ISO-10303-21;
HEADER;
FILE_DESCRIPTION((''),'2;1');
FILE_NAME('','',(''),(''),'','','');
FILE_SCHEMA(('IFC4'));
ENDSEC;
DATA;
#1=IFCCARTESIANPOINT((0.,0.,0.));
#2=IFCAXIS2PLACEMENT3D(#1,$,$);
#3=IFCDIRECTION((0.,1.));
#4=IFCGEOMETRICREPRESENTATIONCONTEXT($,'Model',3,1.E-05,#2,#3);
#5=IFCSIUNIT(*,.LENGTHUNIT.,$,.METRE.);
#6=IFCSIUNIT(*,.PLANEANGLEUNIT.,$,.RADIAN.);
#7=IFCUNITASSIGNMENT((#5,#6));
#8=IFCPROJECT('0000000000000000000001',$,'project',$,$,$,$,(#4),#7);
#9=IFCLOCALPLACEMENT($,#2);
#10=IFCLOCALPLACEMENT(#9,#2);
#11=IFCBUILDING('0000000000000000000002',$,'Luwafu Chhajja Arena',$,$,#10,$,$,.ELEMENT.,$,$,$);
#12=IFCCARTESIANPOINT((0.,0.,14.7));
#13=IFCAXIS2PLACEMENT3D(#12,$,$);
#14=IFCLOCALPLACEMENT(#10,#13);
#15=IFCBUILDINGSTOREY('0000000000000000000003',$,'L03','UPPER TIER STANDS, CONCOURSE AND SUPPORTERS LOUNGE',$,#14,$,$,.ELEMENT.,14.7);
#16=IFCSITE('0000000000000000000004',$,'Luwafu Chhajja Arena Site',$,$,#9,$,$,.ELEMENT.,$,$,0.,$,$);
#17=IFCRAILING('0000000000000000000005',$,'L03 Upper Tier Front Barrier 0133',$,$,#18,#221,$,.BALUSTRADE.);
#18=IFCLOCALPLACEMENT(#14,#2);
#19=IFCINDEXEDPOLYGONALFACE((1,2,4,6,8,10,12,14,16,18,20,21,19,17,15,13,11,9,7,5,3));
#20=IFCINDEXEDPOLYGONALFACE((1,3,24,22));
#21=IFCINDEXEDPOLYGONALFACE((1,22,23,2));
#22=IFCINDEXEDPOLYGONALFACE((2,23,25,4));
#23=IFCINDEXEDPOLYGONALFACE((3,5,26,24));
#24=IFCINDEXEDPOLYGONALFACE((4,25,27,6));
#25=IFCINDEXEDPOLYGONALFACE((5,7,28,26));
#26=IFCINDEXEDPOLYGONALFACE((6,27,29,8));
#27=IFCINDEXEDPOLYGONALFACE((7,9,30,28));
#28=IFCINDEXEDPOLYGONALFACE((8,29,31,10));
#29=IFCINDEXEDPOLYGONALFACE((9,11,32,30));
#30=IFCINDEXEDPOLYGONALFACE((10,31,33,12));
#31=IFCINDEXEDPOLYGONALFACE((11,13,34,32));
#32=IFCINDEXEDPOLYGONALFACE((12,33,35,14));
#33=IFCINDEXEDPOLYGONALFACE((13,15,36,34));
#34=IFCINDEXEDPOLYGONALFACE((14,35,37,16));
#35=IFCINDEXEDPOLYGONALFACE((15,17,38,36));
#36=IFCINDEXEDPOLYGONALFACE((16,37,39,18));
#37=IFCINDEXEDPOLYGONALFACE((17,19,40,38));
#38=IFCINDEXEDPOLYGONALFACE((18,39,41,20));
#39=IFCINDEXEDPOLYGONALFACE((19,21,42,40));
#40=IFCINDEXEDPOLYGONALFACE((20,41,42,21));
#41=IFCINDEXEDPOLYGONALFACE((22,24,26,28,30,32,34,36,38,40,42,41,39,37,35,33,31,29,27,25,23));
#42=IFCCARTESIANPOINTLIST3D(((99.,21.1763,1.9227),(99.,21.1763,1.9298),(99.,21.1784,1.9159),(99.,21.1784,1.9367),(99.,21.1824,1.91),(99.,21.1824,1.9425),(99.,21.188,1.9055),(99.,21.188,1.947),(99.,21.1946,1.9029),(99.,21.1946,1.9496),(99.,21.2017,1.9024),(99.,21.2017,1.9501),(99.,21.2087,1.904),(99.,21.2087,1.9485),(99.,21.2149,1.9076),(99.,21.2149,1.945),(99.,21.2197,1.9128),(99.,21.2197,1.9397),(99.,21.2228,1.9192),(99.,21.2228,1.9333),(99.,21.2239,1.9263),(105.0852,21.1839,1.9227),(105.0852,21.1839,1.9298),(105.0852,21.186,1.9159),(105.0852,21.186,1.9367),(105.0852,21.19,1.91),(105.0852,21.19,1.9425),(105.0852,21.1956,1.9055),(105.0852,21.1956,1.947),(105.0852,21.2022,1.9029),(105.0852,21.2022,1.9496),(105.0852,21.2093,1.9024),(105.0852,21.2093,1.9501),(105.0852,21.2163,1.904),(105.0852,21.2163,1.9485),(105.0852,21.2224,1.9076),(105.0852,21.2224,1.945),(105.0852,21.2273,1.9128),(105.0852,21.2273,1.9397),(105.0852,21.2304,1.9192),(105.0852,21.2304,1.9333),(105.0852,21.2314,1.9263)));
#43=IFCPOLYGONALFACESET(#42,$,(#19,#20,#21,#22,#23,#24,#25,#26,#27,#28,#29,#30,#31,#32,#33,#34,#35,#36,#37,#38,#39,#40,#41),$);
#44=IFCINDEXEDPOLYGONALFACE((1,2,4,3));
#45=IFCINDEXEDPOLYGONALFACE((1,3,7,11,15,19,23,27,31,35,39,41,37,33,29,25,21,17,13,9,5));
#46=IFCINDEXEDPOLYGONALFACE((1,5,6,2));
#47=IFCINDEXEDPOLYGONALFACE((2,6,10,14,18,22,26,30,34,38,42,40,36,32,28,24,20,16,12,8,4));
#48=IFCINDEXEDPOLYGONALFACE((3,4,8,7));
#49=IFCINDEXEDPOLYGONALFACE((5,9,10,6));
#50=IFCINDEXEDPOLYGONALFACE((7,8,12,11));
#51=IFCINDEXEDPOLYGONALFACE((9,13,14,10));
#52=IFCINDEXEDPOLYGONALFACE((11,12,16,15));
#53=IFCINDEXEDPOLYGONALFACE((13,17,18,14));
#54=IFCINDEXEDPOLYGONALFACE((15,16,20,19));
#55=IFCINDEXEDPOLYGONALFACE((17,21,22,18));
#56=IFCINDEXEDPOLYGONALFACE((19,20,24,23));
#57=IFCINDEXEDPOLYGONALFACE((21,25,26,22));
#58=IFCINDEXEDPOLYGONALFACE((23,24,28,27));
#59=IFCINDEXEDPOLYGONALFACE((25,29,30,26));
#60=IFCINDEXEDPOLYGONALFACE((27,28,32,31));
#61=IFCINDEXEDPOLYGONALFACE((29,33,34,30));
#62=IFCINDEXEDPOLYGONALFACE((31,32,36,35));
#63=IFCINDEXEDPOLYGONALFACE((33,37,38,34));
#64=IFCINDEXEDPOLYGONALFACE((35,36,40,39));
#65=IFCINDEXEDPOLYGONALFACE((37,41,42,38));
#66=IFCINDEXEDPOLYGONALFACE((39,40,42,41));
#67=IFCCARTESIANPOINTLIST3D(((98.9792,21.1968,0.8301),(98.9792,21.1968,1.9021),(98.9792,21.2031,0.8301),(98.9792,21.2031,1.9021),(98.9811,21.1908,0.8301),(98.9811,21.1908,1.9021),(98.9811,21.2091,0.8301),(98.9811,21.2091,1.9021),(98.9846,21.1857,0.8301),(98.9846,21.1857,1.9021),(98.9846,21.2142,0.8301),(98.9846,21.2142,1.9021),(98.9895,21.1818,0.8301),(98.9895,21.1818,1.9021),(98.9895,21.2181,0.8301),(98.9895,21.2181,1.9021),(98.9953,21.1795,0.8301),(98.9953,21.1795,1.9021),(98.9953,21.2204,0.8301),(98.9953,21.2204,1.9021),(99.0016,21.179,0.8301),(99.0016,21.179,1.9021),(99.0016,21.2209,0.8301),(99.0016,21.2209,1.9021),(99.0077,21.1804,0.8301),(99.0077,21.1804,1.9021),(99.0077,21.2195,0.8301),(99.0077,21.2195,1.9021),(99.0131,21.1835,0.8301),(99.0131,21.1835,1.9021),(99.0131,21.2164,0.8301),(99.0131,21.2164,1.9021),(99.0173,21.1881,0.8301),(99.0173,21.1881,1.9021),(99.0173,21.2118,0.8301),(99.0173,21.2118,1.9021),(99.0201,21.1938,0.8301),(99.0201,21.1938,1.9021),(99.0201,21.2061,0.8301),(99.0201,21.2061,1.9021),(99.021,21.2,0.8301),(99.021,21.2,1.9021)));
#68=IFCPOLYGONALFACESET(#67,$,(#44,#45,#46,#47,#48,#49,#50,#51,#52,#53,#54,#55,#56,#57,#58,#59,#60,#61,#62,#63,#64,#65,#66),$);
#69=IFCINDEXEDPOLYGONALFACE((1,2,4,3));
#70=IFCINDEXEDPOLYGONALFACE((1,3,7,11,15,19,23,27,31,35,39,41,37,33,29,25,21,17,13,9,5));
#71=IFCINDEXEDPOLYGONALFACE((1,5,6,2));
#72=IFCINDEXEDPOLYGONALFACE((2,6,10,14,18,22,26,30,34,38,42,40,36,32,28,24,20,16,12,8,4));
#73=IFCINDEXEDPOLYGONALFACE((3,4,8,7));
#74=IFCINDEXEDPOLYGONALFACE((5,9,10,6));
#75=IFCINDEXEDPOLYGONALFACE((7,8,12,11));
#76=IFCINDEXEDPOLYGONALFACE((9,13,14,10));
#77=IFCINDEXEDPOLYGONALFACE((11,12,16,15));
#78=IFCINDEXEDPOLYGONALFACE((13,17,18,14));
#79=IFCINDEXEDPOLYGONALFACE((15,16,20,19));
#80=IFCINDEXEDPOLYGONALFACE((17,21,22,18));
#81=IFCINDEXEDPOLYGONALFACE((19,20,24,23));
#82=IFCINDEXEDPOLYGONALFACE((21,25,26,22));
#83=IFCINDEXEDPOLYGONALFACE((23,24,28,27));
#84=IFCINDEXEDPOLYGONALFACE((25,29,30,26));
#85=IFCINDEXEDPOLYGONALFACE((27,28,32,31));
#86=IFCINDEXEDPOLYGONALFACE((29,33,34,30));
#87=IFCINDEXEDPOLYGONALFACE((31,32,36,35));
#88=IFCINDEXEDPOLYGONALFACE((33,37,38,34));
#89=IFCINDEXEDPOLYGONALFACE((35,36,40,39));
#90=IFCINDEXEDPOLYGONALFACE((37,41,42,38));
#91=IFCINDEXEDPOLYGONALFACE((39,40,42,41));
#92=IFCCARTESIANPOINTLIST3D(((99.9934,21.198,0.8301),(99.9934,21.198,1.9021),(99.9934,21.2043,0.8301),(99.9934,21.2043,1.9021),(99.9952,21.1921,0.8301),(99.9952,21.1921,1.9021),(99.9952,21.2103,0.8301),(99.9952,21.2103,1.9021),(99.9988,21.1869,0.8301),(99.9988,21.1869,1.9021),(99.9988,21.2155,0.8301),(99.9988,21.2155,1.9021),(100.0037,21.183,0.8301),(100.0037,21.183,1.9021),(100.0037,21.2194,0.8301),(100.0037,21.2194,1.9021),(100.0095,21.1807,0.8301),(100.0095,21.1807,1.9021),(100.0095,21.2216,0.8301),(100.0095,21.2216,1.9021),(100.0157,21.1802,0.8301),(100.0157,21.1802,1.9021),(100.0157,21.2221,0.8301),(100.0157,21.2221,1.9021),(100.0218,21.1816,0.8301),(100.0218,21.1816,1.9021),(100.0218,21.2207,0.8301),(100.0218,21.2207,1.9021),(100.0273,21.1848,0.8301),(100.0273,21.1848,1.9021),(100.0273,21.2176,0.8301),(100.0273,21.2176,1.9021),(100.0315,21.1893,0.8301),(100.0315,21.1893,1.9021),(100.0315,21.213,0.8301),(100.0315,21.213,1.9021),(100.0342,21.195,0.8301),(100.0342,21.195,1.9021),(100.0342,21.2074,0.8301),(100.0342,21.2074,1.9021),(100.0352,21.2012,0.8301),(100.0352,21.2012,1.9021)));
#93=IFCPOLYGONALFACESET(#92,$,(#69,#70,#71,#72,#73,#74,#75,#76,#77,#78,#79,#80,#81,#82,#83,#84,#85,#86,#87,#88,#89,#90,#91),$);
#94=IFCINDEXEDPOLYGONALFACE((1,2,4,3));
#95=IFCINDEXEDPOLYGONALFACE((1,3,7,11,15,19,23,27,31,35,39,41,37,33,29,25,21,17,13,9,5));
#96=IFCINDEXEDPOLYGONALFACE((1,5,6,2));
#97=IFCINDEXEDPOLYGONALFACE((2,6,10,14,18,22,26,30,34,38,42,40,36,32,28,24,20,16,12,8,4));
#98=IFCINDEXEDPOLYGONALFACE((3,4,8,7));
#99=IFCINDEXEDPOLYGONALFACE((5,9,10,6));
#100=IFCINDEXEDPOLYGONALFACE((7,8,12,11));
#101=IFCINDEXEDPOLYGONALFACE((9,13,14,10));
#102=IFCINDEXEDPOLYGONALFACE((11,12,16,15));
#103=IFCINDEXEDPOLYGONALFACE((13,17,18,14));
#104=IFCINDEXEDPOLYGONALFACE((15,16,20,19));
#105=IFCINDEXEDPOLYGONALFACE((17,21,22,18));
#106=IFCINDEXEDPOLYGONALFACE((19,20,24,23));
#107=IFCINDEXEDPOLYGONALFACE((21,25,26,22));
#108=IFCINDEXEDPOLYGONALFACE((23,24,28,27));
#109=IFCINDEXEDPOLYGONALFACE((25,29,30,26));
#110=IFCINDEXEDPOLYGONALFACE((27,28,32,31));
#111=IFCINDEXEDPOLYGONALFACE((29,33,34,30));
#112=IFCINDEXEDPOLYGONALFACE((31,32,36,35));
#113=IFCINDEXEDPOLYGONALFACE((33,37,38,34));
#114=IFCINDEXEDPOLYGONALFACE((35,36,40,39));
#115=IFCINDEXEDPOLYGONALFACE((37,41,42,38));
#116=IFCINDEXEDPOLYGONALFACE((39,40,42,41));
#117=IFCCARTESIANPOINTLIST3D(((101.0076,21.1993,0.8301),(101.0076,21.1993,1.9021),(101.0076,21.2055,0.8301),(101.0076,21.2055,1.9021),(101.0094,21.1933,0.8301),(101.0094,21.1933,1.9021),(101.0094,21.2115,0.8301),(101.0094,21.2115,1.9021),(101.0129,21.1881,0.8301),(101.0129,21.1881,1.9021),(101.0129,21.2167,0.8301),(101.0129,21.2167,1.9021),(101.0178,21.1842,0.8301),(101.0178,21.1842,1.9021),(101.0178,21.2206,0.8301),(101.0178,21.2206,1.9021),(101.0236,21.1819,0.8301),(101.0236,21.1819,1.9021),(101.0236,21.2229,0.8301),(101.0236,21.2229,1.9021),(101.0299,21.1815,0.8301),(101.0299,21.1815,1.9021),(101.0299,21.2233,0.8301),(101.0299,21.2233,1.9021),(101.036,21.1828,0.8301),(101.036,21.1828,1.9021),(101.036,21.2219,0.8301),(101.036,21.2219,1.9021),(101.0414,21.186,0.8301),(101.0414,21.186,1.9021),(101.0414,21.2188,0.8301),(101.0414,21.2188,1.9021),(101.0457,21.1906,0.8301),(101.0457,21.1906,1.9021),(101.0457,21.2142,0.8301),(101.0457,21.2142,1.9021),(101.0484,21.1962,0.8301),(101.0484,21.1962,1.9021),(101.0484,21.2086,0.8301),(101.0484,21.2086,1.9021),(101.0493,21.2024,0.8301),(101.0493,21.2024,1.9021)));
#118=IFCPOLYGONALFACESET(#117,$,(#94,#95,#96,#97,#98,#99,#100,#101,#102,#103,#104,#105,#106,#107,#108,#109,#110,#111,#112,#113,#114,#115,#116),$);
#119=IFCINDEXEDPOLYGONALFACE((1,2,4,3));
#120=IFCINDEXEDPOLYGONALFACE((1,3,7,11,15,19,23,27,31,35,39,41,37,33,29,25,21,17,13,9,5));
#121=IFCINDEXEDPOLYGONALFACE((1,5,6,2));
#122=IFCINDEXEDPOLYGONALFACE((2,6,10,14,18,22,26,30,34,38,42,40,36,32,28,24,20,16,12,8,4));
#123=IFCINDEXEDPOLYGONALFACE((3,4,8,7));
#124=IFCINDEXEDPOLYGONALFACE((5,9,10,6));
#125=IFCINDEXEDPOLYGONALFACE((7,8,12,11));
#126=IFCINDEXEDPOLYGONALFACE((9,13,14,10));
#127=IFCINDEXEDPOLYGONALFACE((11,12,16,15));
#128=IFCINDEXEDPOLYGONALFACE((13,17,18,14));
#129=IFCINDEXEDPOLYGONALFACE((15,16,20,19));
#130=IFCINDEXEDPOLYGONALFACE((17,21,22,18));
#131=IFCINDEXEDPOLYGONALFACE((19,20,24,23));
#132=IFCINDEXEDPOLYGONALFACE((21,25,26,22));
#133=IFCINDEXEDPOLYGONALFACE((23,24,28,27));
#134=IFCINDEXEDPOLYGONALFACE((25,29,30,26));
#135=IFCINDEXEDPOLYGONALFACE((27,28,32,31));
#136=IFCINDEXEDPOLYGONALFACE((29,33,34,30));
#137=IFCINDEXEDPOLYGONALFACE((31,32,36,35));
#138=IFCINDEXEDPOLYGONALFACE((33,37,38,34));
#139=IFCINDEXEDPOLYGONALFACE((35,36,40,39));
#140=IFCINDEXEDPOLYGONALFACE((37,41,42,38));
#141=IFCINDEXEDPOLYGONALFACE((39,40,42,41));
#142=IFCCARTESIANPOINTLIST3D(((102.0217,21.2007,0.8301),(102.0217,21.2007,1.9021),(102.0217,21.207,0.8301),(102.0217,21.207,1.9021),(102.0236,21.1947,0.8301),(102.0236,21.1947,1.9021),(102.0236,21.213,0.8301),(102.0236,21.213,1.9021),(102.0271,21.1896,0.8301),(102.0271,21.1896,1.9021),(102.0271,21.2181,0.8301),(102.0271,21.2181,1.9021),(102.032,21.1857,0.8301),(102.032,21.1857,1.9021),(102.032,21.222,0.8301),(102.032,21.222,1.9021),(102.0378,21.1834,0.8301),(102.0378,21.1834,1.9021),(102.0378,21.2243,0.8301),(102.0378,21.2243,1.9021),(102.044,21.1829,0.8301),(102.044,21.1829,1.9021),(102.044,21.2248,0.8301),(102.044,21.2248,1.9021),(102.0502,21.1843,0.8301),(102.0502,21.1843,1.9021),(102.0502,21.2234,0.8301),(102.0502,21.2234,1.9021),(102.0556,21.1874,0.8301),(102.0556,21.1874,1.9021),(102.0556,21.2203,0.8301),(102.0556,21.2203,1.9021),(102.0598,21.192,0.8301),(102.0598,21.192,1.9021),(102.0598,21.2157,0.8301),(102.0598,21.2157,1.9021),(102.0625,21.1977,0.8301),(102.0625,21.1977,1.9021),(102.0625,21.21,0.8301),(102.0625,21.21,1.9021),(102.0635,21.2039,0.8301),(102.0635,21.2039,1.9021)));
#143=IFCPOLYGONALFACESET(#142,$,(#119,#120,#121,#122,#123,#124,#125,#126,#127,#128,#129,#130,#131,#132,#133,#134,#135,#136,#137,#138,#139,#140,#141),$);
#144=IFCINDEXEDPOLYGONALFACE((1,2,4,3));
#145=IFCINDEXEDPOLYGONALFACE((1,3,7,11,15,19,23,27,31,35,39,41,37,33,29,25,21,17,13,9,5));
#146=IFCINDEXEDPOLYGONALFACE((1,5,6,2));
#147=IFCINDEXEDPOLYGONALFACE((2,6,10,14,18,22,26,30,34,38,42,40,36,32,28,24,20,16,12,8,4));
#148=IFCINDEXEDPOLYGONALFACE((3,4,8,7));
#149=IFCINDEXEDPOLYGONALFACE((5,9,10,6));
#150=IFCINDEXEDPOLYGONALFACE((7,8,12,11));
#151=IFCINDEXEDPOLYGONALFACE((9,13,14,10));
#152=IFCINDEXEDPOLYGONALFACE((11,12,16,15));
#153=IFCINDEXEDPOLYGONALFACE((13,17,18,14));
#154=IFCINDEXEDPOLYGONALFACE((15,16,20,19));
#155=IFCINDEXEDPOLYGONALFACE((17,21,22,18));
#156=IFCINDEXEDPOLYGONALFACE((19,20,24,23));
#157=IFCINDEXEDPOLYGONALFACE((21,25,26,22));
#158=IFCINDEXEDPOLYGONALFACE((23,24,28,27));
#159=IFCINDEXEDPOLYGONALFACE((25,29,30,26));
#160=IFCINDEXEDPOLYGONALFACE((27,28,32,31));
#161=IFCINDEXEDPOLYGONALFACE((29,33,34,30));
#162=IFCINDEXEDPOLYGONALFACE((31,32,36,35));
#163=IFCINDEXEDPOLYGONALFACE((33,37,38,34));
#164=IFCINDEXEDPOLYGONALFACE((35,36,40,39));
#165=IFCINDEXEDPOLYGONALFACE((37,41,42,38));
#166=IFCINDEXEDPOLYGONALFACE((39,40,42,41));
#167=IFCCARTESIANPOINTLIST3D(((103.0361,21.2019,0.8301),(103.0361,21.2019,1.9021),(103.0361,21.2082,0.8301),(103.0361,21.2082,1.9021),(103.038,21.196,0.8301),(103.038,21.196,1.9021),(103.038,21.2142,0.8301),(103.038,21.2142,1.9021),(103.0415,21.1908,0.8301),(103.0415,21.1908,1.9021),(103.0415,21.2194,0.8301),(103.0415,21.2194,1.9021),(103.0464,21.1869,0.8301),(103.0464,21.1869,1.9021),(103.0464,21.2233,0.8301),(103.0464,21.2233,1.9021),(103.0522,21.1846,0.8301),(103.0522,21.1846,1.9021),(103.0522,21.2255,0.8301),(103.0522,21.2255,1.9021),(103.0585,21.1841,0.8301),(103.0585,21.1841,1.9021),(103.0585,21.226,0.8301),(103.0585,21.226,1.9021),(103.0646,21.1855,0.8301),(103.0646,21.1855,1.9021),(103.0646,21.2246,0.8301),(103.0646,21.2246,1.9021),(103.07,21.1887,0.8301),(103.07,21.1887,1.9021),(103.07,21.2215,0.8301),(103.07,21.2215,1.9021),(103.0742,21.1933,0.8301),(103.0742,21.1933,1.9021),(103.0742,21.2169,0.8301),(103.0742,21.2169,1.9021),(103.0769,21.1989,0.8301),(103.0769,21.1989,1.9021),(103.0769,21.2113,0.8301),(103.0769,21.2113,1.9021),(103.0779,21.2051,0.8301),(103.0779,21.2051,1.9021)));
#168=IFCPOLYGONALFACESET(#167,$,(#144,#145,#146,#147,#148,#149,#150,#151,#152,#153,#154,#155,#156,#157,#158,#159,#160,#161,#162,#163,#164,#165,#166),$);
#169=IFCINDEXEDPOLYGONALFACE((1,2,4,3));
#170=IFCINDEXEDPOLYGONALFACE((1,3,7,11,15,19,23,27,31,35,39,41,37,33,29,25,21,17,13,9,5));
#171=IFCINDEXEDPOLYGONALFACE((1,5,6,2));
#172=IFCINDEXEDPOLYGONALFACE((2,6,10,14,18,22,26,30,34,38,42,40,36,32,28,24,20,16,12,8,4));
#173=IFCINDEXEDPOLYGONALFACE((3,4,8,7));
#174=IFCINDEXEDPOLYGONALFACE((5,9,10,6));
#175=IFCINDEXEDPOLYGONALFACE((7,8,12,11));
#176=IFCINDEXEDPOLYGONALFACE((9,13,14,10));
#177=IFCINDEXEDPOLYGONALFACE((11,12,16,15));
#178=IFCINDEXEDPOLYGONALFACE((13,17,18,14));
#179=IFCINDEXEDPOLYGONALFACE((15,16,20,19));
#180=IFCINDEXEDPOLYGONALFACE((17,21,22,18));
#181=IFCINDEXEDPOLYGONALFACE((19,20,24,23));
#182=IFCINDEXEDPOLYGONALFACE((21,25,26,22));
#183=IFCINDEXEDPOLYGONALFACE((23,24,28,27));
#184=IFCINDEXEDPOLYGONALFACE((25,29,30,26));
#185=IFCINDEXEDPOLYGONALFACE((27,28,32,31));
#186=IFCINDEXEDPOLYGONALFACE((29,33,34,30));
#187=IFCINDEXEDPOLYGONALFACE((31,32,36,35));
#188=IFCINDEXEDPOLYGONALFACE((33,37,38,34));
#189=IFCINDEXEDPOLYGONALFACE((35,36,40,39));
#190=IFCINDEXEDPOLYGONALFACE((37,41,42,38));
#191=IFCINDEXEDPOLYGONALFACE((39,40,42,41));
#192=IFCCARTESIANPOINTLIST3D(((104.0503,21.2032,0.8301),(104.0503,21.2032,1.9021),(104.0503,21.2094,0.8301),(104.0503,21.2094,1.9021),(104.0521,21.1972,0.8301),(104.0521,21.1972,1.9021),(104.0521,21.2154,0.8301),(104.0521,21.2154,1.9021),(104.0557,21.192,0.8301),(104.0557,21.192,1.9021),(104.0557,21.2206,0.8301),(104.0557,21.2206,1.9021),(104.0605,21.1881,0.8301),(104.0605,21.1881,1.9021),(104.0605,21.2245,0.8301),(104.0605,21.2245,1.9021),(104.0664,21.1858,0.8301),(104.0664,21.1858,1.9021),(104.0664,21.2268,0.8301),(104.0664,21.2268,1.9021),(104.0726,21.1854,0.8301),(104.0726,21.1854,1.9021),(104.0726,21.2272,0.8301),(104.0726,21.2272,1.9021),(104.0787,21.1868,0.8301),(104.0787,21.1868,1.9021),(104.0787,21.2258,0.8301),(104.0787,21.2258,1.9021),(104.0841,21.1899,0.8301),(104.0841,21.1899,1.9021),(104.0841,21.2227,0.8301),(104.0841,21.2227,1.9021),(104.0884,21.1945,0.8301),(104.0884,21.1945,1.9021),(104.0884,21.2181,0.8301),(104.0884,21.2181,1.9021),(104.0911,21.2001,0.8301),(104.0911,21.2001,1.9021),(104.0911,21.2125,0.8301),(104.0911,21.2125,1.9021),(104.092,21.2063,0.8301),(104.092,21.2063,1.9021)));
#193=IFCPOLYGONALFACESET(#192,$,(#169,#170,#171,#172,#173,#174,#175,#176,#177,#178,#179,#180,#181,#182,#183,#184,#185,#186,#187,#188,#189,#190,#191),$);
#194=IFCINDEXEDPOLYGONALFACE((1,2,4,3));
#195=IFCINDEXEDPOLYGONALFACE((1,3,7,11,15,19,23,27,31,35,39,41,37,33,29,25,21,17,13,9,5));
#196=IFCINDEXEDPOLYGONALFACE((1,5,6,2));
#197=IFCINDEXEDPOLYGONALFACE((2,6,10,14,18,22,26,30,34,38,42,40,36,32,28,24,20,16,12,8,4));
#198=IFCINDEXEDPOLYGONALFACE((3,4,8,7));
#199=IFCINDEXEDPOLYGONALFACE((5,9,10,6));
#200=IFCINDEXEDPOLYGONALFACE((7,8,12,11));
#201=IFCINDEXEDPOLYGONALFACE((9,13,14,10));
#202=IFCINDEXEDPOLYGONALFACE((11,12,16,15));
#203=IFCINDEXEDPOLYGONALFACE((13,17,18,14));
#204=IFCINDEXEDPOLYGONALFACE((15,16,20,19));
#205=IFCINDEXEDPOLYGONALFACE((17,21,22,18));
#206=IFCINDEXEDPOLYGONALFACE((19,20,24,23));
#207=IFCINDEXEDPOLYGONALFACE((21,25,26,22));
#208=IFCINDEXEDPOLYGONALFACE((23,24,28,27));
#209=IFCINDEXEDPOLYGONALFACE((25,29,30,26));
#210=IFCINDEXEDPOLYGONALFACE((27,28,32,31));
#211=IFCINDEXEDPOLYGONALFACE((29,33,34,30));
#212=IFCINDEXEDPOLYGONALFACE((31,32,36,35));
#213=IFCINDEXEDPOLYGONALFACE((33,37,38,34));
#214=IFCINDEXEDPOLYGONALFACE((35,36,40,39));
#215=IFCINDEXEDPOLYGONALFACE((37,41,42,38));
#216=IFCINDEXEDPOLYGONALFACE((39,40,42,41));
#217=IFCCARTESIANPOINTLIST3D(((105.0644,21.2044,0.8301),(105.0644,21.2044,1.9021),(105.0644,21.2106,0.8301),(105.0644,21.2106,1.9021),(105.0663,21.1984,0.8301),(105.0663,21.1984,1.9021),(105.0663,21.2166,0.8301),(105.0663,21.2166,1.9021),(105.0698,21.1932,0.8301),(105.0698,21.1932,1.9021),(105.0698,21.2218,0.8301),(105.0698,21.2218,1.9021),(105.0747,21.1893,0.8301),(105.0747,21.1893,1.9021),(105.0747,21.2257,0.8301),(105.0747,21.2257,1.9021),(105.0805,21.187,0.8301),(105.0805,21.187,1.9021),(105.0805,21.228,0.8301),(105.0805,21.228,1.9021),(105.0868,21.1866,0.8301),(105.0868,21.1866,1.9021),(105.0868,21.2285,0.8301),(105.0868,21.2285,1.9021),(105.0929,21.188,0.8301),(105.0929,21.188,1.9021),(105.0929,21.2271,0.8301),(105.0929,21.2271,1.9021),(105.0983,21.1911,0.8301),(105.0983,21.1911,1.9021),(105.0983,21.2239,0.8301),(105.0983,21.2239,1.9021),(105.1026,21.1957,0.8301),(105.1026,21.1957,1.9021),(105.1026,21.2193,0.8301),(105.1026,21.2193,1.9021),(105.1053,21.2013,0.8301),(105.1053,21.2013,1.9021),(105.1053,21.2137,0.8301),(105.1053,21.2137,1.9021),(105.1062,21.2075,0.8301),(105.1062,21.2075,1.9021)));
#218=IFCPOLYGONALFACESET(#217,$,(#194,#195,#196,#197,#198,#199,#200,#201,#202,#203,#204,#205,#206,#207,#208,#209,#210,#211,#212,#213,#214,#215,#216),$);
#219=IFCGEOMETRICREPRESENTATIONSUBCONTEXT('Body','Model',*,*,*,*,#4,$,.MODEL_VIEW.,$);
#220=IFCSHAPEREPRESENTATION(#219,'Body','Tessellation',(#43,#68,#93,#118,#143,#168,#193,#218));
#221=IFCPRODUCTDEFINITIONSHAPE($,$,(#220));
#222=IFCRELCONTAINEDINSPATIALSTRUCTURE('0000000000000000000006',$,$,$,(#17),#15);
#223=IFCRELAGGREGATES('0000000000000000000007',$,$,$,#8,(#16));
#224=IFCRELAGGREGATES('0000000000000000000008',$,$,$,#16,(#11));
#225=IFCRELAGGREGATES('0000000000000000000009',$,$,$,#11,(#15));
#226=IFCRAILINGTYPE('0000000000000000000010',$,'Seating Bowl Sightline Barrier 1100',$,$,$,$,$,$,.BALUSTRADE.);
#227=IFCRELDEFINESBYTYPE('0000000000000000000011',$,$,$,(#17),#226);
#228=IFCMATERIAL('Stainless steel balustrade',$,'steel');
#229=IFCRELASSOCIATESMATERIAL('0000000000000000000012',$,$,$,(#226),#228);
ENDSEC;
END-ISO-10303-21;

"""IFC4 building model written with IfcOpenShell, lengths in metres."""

from ifc_helpers import new_model, si_unit, direction, frame, origin, origin_2d, place, context, subcontext, project, spatial, circle, extrude, material, type_object, element, save


model = new_model("IFC4")

# Units and contexts
model_context = context("Model", 3, precision=1e-05, world=origin(), true_north=direction((0.0, 1.0)))
body_context = subcontext(model_context, "Body", "Model", "MODEL_VIEW")
ifc_project = project(units=[si_unit("LENGTHUNIT", "METRE"), si_unit("PLANEANGLEUNIT", "RADIAN")], contexts=[model_context])

# Site, building, storey
site_placement = place(None, origin())
site = spatial("IfcSite", under=ifc_project, at=site_placement, Name="Luwafu Chhajja Arena Site", CompositionType="ELEMENT", RefElevation=0.0)
building_placement = place(site_placement, origin())
building = spatial("IfcBuilding", under=site, at=building_placement, Name="Luwafu Chhajja Arena", CompositionType="ELEMENT")
storey_placement = place(building_placement, frame((0.0, 0.0, 14.7)))
storey = spatial("IfcBuildingStorey", under=building, at=storey_placement, Name="L03", Description="UPPER TIER STANDS, CONCOURSE AND SUPPORTERS LOUNGE", CompositionType="ELEMENT", Elevation=14.7)

# Railing
ifc_material_1 = material(Name="Stainless steel balustrade", Category="steel")
railing_type = type_object("IfcRailingType", Name="Seating Bowl Sightline Barrier 1100", PredefinedType="BALUSTRADE", material=ifc_material_1)
railing_1_placement = place(storey_placement, frame((99.0, 21.2, 0.8301)))
element("IfcRailing", 1, at=railing_1_placement, inside=storey, type_object=railing_type, Name="L03 Upper Tier Front Barrier 0133", PredefinedType="BALUSTRADE", context=body_context, shape_type="SweptSolid", body=[
    extrude(circle(Radius=0.0239, at=origin_2d()), frame((0.0, 0.0, 1.0962), z_axis=(0.999999, 0.001244, 0.0), x_axis=(-0.001244, 0.999999, 0.0)), (0.0, 0.0, 1.0), 6.0852),
    extrude(circle(Radius=0.021, at=origin_2d()), origin(), (0.0, 0.0, 1.0), 1.072),
    extrude(circle(Radius=0.021, at=origin_2d()), frame((1.0142, 0.0012, 0.0)), (0.0, 0.0, 1.0), 1.072),
    extrude(circle(Radius=0.021, at=origin_2d()), frame((2.0283, 0.0024, 0.0)), (0.0, 0.0, 1.0), 1.072),
    extrude(circle(Radius=0.021, at=origin_2d()), frame((3.0425, 0.0039, 0.0)), (0.0, 0.0, 1.0), 1.072),
    extrude(circle(Radius=0.021, at=origin_2d()), frame((4.0569, 0.0051, 0.0)), (0.0, 0.0, 1.0), 1.072),
    extrude(circle(Radius=0.021, at=origin_2d()), frame((5.071, 0.0063, 0.0)), (0.0, 0.0, 1.0), 1.072),
    extrude(circle(Radius=0.021, at=origin_2d()), frame((6.0852, 0.0076, 0.0)), (0.0, 0.0, 1.0), 1.072),
])

save(model, "model.ifc")
